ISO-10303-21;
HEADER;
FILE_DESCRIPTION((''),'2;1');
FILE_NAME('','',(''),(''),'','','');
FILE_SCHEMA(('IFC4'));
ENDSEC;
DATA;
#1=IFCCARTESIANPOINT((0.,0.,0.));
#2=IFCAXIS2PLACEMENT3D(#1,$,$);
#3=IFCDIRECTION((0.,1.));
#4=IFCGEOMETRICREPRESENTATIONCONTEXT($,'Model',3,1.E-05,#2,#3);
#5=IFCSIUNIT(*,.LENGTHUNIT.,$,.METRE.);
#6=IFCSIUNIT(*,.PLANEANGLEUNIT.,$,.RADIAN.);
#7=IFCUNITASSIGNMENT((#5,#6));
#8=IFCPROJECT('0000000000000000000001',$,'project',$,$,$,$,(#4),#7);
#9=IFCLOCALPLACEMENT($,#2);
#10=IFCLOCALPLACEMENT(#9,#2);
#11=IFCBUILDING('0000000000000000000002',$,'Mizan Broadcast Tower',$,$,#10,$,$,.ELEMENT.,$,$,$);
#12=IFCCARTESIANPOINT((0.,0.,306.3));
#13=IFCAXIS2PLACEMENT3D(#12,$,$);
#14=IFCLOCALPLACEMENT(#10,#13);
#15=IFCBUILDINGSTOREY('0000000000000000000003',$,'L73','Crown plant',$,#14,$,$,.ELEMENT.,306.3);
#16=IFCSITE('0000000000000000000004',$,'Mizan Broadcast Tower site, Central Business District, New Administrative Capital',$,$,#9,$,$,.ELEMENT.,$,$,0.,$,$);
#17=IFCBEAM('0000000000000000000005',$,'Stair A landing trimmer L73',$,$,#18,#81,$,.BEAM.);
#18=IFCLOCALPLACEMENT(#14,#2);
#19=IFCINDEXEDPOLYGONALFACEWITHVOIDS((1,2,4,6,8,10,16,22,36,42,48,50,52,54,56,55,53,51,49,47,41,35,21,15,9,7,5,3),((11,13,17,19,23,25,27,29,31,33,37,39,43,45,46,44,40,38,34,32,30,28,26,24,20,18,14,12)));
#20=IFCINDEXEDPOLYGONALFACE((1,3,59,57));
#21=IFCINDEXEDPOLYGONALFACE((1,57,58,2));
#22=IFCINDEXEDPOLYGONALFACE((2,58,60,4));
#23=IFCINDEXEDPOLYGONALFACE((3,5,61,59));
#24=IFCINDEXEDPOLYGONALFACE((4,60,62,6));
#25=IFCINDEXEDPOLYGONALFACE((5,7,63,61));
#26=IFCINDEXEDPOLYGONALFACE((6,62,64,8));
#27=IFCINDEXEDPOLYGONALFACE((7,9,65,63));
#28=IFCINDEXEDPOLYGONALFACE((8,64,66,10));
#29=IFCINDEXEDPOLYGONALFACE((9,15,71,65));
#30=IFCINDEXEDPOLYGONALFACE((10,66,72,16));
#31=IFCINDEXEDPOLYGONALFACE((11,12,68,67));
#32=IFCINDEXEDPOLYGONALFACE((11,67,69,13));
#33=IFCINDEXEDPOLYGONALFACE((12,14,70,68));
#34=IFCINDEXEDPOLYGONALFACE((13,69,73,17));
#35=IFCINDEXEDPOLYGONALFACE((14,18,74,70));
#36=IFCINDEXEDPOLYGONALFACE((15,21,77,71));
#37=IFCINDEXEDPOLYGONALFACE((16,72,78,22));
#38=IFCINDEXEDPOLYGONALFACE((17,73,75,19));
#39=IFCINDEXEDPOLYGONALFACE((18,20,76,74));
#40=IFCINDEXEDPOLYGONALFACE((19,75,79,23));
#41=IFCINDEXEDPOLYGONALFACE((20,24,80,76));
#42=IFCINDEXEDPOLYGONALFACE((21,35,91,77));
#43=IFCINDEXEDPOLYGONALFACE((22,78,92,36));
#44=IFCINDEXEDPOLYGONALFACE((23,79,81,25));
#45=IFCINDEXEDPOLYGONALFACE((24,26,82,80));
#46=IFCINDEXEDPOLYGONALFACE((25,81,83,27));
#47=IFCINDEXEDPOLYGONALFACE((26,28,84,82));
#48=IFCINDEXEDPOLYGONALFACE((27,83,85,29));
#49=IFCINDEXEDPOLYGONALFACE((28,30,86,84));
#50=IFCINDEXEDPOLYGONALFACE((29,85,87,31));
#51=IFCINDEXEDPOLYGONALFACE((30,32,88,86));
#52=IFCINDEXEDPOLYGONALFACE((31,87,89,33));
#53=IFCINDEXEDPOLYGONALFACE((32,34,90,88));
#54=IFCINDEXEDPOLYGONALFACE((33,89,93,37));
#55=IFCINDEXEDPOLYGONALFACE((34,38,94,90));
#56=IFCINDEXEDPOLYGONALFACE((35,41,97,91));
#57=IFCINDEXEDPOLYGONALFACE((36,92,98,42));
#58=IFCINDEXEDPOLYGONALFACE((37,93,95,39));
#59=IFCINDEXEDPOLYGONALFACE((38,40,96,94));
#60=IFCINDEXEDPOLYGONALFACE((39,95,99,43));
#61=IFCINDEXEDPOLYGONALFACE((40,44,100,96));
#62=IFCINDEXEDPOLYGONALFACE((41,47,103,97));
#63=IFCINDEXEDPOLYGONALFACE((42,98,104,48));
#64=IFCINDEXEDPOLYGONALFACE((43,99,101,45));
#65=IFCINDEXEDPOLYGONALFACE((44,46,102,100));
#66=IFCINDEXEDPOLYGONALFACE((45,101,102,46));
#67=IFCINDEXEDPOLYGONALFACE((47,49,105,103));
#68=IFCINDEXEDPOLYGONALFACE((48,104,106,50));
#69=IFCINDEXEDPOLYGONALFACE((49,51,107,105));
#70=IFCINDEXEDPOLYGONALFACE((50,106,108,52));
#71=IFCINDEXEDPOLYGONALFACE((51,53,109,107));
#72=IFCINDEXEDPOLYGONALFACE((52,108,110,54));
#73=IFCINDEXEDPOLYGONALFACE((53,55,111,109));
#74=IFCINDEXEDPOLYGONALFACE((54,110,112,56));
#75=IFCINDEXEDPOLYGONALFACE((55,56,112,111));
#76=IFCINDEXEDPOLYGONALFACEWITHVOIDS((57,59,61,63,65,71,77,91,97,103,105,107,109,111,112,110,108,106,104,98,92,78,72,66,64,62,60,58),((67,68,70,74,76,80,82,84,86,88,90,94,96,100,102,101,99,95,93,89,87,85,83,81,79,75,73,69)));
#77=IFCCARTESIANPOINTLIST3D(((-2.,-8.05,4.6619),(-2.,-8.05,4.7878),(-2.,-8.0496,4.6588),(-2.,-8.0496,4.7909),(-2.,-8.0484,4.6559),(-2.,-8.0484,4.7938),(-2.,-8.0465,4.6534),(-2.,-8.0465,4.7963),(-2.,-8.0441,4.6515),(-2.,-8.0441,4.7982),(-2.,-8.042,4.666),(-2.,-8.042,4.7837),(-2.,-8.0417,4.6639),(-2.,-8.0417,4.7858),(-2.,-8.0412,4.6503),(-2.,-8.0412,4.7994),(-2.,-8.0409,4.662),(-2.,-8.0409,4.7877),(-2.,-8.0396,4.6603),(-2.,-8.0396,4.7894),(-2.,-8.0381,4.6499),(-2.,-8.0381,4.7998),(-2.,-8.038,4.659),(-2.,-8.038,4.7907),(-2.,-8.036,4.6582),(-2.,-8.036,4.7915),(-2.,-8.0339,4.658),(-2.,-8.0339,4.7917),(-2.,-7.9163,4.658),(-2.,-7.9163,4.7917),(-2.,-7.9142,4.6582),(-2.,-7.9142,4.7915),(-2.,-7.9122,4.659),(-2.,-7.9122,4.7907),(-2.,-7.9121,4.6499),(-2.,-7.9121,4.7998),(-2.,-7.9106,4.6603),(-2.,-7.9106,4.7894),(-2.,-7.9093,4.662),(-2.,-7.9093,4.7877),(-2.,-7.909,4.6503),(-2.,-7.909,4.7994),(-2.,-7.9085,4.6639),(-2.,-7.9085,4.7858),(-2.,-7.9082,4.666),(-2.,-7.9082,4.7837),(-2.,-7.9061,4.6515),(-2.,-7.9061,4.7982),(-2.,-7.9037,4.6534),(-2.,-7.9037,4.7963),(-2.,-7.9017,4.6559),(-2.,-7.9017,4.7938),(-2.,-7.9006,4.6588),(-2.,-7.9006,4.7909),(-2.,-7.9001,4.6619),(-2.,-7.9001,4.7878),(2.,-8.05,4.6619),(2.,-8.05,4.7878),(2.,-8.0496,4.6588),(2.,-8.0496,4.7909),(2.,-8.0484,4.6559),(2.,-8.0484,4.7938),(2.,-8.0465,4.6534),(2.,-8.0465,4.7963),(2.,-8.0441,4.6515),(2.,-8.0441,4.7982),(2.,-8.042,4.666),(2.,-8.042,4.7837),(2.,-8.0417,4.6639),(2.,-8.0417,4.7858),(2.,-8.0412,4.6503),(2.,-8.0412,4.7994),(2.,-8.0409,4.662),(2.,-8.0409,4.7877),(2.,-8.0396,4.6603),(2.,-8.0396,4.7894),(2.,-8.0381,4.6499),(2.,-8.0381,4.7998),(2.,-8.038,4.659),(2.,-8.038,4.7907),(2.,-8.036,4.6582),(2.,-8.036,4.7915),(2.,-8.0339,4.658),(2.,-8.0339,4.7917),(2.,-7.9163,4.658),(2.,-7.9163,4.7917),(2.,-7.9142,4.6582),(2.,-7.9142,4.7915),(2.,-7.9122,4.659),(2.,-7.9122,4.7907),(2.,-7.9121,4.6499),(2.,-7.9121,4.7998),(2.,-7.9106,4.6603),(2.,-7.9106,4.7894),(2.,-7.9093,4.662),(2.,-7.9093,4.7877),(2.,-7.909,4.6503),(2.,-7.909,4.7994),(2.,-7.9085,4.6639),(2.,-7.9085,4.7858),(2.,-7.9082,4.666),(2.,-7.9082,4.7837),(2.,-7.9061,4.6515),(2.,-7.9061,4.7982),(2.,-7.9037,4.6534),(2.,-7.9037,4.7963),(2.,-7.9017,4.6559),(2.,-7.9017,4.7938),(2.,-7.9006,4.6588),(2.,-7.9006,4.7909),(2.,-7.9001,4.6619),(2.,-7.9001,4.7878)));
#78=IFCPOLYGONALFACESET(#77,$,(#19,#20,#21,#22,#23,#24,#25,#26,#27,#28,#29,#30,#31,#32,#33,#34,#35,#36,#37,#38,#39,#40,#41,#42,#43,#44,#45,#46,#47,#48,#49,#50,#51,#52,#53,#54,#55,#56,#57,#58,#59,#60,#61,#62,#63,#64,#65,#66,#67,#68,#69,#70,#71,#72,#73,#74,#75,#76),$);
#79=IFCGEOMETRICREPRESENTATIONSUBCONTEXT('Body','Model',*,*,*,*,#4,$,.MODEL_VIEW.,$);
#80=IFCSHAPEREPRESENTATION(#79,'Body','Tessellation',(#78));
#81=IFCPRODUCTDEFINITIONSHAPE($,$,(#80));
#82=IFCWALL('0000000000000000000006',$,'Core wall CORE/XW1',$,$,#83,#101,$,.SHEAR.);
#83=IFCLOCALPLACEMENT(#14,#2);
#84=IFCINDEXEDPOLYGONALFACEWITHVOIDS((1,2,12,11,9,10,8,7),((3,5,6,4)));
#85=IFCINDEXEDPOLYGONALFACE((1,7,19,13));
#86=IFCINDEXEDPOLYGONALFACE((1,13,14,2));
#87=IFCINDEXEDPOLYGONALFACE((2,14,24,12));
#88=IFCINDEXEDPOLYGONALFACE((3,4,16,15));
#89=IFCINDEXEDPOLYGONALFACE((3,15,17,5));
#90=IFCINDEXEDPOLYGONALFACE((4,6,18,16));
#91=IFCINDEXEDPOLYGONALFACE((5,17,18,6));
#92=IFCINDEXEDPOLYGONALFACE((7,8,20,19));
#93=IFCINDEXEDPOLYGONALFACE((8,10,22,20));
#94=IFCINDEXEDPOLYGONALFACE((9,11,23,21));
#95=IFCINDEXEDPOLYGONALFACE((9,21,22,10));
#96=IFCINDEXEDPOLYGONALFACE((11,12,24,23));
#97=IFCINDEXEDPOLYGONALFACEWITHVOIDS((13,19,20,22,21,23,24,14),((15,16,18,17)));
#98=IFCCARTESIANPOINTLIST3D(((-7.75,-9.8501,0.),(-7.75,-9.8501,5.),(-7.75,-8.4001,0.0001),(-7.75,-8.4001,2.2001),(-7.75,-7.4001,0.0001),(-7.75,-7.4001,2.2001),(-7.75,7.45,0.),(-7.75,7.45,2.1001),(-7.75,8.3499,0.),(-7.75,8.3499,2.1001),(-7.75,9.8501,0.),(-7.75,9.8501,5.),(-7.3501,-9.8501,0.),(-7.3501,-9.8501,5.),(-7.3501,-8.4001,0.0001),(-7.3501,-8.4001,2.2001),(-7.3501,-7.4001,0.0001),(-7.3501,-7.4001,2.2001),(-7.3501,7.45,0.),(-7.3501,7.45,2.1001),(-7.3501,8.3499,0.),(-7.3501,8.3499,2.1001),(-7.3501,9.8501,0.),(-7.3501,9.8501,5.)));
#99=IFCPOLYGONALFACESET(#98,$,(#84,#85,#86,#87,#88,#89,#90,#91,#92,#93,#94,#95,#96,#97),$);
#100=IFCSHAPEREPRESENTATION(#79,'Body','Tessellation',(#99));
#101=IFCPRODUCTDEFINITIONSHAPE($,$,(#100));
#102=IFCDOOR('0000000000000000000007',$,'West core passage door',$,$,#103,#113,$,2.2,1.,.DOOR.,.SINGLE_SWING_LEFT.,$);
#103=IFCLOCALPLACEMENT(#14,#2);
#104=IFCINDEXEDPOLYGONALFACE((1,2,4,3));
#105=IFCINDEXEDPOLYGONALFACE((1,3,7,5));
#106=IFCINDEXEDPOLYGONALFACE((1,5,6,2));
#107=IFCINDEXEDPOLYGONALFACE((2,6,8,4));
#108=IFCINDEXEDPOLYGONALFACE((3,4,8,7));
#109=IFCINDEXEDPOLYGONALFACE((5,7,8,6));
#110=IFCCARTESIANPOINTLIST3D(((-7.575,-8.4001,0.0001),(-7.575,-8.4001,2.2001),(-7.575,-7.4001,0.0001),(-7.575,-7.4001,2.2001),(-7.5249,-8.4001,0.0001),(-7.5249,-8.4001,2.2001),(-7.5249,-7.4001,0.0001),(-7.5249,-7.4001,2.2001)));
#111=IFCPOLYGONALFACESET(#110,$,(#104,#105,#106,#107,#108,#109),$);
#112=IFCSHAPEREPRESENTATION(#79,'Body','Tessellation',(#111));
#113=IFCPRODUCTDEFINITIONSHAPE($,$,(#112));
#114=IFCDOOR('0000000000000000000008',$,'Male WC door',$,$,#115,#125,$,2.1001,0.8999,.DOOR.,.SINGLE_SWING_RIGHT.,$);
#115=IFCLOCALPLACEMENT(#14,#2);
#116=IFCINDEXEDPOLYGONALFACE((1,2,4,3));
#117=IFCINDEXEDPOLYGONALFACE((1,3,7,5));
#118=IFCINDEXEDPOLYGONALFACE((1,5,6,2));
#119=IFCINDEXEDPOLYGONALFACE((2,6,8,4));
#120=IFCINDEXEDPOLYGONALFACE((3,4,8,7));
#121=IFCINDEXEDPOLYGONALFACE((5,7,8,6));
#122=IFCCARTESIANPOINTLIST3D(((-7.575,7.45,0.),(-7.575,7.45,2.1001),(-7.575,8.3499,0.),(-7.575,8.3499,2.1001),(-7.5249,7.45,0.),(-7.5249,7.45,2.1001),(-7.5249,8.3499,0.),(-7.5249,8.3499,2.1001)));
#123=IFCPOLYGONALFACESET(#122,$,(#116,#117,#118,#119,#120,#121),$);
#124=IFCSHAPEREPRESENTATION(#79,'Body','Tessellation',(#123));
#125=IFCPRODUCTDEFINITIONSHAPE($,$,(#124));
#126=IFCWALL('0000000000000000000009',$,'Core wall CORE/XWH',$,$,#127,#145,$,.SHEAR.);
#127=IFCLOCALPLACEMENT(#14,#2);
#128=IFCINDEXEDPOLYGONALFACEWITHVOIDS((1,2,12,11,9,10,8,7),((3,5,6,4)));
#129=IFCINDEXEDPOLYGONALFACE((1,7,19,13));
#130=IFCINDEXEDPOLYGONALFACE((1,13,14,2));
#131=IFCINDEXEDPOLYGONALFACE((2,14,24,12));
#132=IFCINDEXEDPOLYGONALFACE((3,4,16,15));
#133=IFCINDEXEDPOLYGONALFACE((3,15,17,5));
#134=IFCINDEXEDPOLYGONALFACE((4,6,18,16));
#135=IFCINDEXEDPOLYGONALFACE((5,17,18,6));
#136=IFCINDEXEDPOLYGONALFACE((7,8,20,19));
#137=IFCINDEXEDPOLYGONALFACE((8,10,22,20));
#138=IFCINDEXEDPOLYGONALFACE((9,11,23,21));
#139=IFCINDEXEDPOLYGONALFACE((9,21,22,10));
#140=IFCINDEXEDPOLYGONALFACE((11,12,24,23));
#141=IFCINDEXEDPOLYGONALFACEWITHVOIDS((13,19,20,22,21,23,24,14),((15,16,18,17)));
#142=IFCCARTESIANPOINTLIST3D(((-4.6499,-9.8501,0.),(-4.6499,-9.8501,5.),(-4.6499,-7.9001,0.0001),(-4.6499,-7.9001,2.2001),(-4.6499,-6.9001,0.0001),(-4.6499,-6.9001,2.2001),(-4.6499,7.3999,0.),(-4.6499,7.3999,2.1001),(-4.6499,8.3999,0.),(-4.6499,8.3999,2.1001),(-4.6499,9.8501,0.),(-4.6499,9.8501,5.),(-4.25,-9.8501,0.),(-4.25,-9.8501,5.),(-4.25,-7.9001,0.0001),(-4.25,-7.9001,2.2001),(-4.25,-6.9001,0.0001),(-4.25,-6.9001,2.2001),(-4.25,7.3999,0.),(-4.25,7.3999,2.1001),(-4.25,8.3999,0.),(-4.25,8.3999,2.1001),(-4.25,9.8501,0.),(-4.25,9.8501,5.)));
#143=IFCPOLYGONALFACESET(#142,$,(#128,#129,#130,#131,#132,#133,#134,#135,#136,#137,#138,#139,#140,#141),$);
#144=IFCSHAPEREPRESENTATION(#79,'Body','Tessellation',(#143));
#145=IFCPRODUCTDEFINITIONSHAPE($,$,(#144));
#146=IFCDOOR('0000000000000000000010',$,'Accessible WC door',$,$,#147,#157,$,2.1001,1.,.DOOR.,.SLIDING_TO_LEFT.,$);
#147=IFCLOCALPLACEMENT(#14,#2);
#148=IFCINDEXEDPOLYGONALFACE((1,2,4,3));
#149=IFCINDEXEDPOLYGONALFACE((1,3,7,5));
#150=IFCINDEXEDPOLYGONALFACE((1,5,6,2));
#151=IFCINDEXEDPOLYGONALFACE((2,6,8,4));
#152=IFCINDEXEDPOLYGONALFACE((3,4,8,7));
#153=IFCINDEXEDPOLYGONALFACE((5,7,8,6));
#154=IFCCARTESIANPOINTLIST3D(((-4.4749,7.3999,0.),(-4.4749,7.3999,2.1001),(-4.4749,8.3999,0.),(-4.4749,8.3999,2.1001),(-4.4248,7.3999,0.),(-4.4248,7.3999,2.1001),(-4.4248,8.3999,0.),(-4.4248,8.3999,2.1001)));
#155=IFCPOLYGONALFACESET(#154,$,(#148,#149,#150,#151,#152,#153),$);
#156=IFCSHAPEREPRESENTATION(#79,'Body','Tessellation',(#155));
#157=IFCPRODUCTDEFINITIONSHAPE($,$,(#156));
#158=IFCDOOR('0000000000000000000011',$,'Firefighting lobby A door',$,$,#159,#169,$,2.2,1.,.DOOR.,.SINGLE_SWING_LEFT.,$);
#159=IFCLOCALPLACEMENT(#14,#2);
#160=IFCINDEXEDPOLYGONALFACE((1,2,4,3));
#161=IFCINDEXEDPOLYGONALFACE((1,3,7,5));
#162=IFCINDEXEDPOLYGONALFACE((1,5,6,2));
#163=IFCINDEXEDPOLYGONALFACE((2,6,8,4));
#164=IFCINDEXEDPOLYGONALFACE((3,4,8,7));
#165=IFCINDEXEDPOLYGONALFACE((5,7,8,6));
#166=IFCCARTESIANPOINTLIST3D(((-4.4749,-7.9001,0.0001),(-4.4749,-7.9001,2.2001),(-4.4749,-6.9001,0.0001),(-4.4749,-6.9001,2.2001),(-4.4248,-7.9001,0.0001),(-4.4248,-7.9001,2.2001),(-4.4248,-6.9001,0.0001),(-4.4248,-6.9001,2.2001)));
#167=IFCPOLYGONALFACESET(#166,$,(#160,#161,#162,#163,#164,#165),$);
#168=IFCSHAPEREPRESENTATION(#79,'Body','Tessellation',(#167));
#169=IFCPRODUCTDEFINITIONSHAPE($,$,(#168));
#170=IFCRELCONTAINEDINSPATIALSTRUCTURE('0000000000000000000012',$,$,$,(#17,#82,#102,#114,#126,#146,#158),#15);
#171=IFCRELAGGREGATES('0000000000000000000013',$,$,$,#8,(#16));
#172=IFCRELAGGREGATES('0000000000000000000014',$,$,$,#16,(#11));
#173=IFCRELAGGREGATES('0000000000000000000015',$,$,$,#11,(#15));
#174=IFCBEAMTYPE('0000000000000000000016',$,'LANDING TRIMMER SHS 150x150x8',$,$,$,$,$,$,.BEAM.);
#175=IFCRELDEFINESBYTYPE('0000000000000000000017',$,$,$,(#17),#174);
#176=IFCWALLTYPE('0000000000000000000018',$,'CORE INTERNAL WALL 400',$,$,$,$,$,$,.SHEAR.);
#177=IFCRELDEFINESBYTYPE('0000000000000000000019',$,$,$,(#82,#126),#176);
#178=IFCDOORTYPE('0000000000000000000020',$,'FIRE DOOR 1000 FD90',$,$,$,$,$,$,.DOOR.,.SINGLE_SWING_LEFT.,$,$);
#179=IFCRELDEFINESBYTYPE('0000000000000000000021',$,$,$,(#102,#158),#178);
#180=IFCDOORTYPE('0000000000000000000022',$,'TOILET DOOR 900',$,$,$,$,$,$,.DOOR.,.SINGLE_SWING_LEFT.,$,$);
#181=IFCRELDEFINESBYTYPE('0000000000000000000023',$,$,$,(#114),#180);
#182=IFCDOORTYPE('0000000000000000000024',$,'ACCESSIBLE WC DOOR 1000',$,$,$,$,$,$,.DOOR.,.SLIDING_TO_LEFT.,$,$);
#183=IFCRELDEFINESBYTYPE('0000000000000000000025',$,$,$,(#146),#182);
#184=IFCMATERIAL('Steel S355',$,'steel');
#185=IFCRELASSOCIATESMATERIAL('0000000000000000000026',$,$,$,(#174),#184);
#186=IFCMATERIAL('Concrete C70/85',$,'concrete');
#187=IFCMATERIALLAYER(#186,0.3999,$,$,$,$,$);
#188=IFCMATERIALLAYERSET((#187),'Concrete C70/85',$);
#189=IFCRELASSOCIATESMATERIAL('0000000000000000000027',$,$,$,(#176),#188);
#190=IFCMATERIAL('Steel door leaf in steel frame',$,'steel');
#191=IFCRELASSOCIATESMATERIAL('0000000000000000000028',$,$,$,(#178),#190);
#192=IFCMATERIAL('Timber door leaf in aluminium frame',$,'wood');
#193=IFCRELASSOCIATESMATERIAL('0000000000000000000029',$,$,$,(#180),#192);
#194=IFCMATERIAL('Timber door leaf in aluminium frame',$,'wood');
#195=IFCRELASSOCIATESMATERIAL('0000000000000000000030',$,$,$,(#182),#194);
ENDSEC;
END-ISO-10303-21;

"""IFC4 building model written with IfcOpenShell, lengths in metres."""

from ifc_helpers import new_model, si_unit, direction, frame, frame_2d, origin, origin_2d, place, context, subcontext, project, spatial, rectangle, hollow_rectangle, extrude, material, layer, layer_set, material_profile, profile_set, type_object, element, fill, save


model = new_model("IFC4")

# Units and contexts
model_context = context("Model", 3, precision=1e-05, world=origin(), true_north=direction((0.0, 1.0)))
body_context = subcontext(model_context, "Body", "Model", "MODEL_VIEW")
ifc_project = project(units=[si_unit("LENGTHUNIT", "METRE"), si_unit("PLANEANGLEUNIT", "RADIAN")], contexts=[model_context])

# Site, building, storey
site_placement = place(None, origin())
site = spatial("IfcSite", under=ifc_project, at=site_placement, Name="Mizan Broadcast Tower site, Central Business District, New Administrative Capital", CompositionType="ELEMENT", RefElevation=0.0)
building_placement = place(site_placement, origin())
building = spatial("IfcBuilding", under=site, at=building_placement, Name="Mizan Broadcast Tower", CompositionType="ELEMENT")
storey_placement = place(building_placement, frame((0.0, 0.0, 306.3)))
storey = spatial("IfcBuildingStorey", under=building, at=storey_placement, Name="L73", Description="Crown plant", CompositionType="ELEMENT", Elevation=306.3)

# Beam
ifc_material_1 = material(Name="Steel S355", Category="steel")
ifc_material_profile_1 = material_profile(ifc_material_1, hollow_rectangle(XDim=0.1499, YDim=0.1499, WallThickness=0.0081, InnerFilletRadius=0.0081, OuterFilletRadius=0.012, at=origin_2d()), Name="SHS 150x150x8")
ifc_profile_set_1 = profile_set([ifc_material_profile_1], Name="Steel S355")
beam_type_1 = type_object("IfcBeamType", Name="LANDING TRIMMER SHS 150x150x8", PredefinedType="BEAM", material=ifc_profile_set_1)
for number, where, z_axis, x_axis, name in (
    (1, (-2.0, -7.9751, 4.7249), (1.0, 0.0, 0.0), (0.0, 1.0, 0.0), "Stair A landing trimmer L73"),
):
    element("IfcBeam", number, at=place(storey_placement, frame(where, z_axis=z_axis, x_axis=x_axis)), inside=storey, type_object=beam_type_1, Name=name, PredefinedType="BEAM", context=body_context, shape_type="SweptSolid", body=[
        extrude(hollow_rectangle(XDim=0.1499, YDim=0.1499, WallThickness=0.0081, InnerFilletRadius=0.0081, OuterFilletRadius=0.012, at=origin_2d()), origin(), (0.0, 0.0, 1.0), 4.0),
    ])

# Walls, openings, doors
ifc_material_2 = material(Name="Concrete C70/85", Category="concrete")
ifc_layer_1 = layer(ifc_material_2, 0.3999)
ifc_layer_set_1 = layer_set([ifc_layer_1], Name="Concrete C70/85")
wall_type_1 = type_object("IfcWallType", Name="CORE INTERNAL WALL 400", PredefinedType="SHEAR", material=ifc_layer_set_1)
wall_1_placement = place(storey_placement, frame((-7.55, -9.8501, 0.0), z_axis=(0.0, 0.0, 1.0), x_axis=(0.0, 1.0, 0.0)))
wall_1 = element("IfcWall", 2, at=wall_1_placement, inside=storey, type_object=wall_type_1, Name="Core wall CORE/XW1", PredefinedType="SHEAR", context=body_context, shape_type="SweptSolid", body=[
    extrude(rectangle(XDim=19.7002, YDim=0.3999, at=frame_2d((9.8501, 0.0))), origin(), (0.0, 0.0, 1.0), 5.0),
])
opening_1_placement = place(wall_1_placement, frame((1.45, 0.0, 0.0)))
opening_1 = element("IfcOpeningElement", 3, at=opening_1_placement, cuts=wall_1, PredefinedType="OPENING", context=body_context, shape_type="SweptSolid", body=[
    extrude(rectangle(XDim=1.0, YDim=2.2, at=frame_2d((0.5, 1.1001))), frame((0.0, 0.21, 0.0), z_axis=(0.0, -1.0, 0.0), x_axis=(1.0, 0.0, 0.0)), (0.0, 0.0, 1.0), 0.4199),
])
opening_2_placement = place(wall_1_placement, frame((17.3, 0.0, 0.0)))
opening_2 = element("IfcOpeningElement", 4, at=opening_2_placement, cuts=wall_1, PredefinedType="OPENING", context=body_context, shape_type="SweptSolid", body=[
    extrude(rectangle(XDim=0.8999, YDim=2.1001, at=frame_2d((0.45, 1.05))), frame((0.0, 0.21, 0.0), z_axis=(0.0, -1.0, 0.0), x_axis=(1.0, 0.0, 0.0)), (0.0, 0.0, 1.0), 0.4199),
])
ifc_material_3 = material(Name="Steel door leaf in steel frame", Category="steel")
door_type_1 = type_object("IfcDoorType", Name="FIRE DOOR 1000 FD90", OperationType="SINGLE_SWING_LEFT", PredefinedType="DOOR", material=ifc_material_3)
door_1_placement = place(opening_1_placement, origin())
door_1 = element("IfcDoor", 5, at=door_1_placement, inside=storey, type_object=door_type_1, Name="West core passage door", OperationType="SINGLE_SWING_LEFT", OverallHeight=2.2, OverallWidth=1.0, PredefinedType="DOOR", context=body_context, shape_type="SweptSolid", body=[
    extrude(rectangle(XDim=1.0, YDim=2.2, at=frame_2d((0.5, 1.1001))), frame((0.0, 0.0249, 0.0), z_axis=(0.0, -1.0, 0.0), x_axis=(1.0, 0.0, 0.0)), (0.0, 0.0, 1.0), 0.05),
])
fill(opening_1, door_1)
ifc_material_4 = material(Name="Timber door leaf in aluminium frame", Category="wood")
door_type_2 = type_object("IfcDoorType", Name="TOILET DOOR 900", OperationType="SINGLE_SWING_LEFT", PredefinedType="DOOR", material=ifc_material_4)
door_2_placement = place(opening_2_placement, origin())
door_2 = element("IfcDoor", 6, at=door_2_placement, inside=storey, type_object=door_type_2, Name="Male WC door", OperationType="SINGLE_SWING_RIGHT", OverallHeight=2.1001, OverallWidth=0.8999, PredefinedType="DOOR", context=body_context, shape_type="SweptSolid", body=[
    extrude(rectangle(XDim=0.8999, YDim=2.1001, at=frame_2d((0.45, 1.05))), frame((0.0, 0.0249, 0.0), z_axis=(0.0, -1.0, 0.0), x_axis=(1.0, 0.0, 0.0)), (0.0, 0.0, 1.0), 0.05),
])
fill(opening_2, door_2)
wall_2_placement = place(storey_placement, frame((-4.45, -9.8501, 0.0), z_axis=(0.0, 0.0, 1.0), x_axis=(0.0, 1.0, 0.0)))
wall_2 = element("IfcWall", 7, at=wall_2_placement, inside=storey, type_object=wall_type_1, Name="Core wall CORE/XWH", PredefinedType="SHEAR", context=body_context, shape_type="SweptSolid", body=[
    extrude(rectangle(XDim=19.7002, YDim=0.3999, at=frame_2d((9.8501, 0.0))), origin(), (0.0, 0.0, 1.0), 5.0),
])
opening_3_placement = place(wall_2_placement, frame((1.95, 0.0, 0.0)))
opening_3 = element("IfcOpeningElement", 8, at=opening_3_placement, cuts=wall_2, PredefinedType="OPENING", context=body_context, shape_type="SweptSolid", body=[
    extrude(rectangle(XDim=1.0, YDim=2.2, at=frame_2d((0.5, 1.1001))), frame((0.0, 0.21, 0.0), z_axis=(0.0, -1.0, 0.0), x_axis=(1.0, 0.0, 0.0)), (0.0, 0.0, 1.0), 0.4199),
])
opening_4_placement = place(wall_2_placement, frame((17.25, 0.0, 0.0)))
opening_4 = element("IfcOpeningElement", 9, at=opening_4_placement, cuts=wall_2, PredefinedType="OPENING", context=body_context, shape_type="SweptSolid", body=[
    extrude(rectangle(XDim=1.0, YDim=2.1001, at=frame_2d((0.5, 1.05))), frame((0.0, 0.21, 0.0), z_axis=(0.0, -1.0, 0.0), x_axis=(1.0, 0.0, 0.0)), (0.0, 0.0, 1.0), 0.4199),
])
ifc_material_5 = material(Name="Timber door leaf in aluminium frame", Category="wood")
door_type_3 = type_object("IfcDoorType", Name="ACCESSIBLE WC DOOR 1000", OperationType="SLIDING_TO_LEFT", PredefinedType="DOOR", material=ifc_material_5)
door_3_placement = place(opening_4_placement, origin())
door_3 = element("IfcDoor", 10, at=door_3_placement, inside=storey, type_object=door_type_3, Name="Accessible WC door", OperationType="SLIDING_TO_LEFT", OverallHeight=2.1001, OverallWidth=1.0, PredefinedType="DOOR", context=body_context, shape_type="SweptSolid", body=[
    extrude(rectangle(XDim=1.0, YDim=2.1001, at=frame_2d((0.5, 1.05))), frame((0.0, 0.0249, 0.0), z_axis=(0.0, -1.0, 0.0), x_axis=(1.0, 0.0, 0.0)), (0.0, 0.0, 1.0), 0.05),
])
fill(opening_4, door_3)
door_4_placement = place(opening_3_placement, origin())
door_4 = element("IfcDoor", 11, at=door_4_placement, inside=storey, type_object=door_type_1, Name="Firefighting lobby A door", OperationType="SINGLE_SWING_LEFT", OverallHeight=2.2, OverallWidth=1.0, PredefinedType="DOOR", context=body_context, shape_type="SweptSolid", body=[
    extrude(rectangle(XDim=1.0, YDim=2.2, at=frame_2d((0.5, 1.1001))), frame((0.0, 0.0249, 0.0), z_axis=(0.0, -1.0, 0.0), x_axis=(1.0, 0.0, 0.0)), (0.0, 0.0, 1.0), 0.05),
])
fill(opening_3, door_4)

save(model, "model.ifc")
